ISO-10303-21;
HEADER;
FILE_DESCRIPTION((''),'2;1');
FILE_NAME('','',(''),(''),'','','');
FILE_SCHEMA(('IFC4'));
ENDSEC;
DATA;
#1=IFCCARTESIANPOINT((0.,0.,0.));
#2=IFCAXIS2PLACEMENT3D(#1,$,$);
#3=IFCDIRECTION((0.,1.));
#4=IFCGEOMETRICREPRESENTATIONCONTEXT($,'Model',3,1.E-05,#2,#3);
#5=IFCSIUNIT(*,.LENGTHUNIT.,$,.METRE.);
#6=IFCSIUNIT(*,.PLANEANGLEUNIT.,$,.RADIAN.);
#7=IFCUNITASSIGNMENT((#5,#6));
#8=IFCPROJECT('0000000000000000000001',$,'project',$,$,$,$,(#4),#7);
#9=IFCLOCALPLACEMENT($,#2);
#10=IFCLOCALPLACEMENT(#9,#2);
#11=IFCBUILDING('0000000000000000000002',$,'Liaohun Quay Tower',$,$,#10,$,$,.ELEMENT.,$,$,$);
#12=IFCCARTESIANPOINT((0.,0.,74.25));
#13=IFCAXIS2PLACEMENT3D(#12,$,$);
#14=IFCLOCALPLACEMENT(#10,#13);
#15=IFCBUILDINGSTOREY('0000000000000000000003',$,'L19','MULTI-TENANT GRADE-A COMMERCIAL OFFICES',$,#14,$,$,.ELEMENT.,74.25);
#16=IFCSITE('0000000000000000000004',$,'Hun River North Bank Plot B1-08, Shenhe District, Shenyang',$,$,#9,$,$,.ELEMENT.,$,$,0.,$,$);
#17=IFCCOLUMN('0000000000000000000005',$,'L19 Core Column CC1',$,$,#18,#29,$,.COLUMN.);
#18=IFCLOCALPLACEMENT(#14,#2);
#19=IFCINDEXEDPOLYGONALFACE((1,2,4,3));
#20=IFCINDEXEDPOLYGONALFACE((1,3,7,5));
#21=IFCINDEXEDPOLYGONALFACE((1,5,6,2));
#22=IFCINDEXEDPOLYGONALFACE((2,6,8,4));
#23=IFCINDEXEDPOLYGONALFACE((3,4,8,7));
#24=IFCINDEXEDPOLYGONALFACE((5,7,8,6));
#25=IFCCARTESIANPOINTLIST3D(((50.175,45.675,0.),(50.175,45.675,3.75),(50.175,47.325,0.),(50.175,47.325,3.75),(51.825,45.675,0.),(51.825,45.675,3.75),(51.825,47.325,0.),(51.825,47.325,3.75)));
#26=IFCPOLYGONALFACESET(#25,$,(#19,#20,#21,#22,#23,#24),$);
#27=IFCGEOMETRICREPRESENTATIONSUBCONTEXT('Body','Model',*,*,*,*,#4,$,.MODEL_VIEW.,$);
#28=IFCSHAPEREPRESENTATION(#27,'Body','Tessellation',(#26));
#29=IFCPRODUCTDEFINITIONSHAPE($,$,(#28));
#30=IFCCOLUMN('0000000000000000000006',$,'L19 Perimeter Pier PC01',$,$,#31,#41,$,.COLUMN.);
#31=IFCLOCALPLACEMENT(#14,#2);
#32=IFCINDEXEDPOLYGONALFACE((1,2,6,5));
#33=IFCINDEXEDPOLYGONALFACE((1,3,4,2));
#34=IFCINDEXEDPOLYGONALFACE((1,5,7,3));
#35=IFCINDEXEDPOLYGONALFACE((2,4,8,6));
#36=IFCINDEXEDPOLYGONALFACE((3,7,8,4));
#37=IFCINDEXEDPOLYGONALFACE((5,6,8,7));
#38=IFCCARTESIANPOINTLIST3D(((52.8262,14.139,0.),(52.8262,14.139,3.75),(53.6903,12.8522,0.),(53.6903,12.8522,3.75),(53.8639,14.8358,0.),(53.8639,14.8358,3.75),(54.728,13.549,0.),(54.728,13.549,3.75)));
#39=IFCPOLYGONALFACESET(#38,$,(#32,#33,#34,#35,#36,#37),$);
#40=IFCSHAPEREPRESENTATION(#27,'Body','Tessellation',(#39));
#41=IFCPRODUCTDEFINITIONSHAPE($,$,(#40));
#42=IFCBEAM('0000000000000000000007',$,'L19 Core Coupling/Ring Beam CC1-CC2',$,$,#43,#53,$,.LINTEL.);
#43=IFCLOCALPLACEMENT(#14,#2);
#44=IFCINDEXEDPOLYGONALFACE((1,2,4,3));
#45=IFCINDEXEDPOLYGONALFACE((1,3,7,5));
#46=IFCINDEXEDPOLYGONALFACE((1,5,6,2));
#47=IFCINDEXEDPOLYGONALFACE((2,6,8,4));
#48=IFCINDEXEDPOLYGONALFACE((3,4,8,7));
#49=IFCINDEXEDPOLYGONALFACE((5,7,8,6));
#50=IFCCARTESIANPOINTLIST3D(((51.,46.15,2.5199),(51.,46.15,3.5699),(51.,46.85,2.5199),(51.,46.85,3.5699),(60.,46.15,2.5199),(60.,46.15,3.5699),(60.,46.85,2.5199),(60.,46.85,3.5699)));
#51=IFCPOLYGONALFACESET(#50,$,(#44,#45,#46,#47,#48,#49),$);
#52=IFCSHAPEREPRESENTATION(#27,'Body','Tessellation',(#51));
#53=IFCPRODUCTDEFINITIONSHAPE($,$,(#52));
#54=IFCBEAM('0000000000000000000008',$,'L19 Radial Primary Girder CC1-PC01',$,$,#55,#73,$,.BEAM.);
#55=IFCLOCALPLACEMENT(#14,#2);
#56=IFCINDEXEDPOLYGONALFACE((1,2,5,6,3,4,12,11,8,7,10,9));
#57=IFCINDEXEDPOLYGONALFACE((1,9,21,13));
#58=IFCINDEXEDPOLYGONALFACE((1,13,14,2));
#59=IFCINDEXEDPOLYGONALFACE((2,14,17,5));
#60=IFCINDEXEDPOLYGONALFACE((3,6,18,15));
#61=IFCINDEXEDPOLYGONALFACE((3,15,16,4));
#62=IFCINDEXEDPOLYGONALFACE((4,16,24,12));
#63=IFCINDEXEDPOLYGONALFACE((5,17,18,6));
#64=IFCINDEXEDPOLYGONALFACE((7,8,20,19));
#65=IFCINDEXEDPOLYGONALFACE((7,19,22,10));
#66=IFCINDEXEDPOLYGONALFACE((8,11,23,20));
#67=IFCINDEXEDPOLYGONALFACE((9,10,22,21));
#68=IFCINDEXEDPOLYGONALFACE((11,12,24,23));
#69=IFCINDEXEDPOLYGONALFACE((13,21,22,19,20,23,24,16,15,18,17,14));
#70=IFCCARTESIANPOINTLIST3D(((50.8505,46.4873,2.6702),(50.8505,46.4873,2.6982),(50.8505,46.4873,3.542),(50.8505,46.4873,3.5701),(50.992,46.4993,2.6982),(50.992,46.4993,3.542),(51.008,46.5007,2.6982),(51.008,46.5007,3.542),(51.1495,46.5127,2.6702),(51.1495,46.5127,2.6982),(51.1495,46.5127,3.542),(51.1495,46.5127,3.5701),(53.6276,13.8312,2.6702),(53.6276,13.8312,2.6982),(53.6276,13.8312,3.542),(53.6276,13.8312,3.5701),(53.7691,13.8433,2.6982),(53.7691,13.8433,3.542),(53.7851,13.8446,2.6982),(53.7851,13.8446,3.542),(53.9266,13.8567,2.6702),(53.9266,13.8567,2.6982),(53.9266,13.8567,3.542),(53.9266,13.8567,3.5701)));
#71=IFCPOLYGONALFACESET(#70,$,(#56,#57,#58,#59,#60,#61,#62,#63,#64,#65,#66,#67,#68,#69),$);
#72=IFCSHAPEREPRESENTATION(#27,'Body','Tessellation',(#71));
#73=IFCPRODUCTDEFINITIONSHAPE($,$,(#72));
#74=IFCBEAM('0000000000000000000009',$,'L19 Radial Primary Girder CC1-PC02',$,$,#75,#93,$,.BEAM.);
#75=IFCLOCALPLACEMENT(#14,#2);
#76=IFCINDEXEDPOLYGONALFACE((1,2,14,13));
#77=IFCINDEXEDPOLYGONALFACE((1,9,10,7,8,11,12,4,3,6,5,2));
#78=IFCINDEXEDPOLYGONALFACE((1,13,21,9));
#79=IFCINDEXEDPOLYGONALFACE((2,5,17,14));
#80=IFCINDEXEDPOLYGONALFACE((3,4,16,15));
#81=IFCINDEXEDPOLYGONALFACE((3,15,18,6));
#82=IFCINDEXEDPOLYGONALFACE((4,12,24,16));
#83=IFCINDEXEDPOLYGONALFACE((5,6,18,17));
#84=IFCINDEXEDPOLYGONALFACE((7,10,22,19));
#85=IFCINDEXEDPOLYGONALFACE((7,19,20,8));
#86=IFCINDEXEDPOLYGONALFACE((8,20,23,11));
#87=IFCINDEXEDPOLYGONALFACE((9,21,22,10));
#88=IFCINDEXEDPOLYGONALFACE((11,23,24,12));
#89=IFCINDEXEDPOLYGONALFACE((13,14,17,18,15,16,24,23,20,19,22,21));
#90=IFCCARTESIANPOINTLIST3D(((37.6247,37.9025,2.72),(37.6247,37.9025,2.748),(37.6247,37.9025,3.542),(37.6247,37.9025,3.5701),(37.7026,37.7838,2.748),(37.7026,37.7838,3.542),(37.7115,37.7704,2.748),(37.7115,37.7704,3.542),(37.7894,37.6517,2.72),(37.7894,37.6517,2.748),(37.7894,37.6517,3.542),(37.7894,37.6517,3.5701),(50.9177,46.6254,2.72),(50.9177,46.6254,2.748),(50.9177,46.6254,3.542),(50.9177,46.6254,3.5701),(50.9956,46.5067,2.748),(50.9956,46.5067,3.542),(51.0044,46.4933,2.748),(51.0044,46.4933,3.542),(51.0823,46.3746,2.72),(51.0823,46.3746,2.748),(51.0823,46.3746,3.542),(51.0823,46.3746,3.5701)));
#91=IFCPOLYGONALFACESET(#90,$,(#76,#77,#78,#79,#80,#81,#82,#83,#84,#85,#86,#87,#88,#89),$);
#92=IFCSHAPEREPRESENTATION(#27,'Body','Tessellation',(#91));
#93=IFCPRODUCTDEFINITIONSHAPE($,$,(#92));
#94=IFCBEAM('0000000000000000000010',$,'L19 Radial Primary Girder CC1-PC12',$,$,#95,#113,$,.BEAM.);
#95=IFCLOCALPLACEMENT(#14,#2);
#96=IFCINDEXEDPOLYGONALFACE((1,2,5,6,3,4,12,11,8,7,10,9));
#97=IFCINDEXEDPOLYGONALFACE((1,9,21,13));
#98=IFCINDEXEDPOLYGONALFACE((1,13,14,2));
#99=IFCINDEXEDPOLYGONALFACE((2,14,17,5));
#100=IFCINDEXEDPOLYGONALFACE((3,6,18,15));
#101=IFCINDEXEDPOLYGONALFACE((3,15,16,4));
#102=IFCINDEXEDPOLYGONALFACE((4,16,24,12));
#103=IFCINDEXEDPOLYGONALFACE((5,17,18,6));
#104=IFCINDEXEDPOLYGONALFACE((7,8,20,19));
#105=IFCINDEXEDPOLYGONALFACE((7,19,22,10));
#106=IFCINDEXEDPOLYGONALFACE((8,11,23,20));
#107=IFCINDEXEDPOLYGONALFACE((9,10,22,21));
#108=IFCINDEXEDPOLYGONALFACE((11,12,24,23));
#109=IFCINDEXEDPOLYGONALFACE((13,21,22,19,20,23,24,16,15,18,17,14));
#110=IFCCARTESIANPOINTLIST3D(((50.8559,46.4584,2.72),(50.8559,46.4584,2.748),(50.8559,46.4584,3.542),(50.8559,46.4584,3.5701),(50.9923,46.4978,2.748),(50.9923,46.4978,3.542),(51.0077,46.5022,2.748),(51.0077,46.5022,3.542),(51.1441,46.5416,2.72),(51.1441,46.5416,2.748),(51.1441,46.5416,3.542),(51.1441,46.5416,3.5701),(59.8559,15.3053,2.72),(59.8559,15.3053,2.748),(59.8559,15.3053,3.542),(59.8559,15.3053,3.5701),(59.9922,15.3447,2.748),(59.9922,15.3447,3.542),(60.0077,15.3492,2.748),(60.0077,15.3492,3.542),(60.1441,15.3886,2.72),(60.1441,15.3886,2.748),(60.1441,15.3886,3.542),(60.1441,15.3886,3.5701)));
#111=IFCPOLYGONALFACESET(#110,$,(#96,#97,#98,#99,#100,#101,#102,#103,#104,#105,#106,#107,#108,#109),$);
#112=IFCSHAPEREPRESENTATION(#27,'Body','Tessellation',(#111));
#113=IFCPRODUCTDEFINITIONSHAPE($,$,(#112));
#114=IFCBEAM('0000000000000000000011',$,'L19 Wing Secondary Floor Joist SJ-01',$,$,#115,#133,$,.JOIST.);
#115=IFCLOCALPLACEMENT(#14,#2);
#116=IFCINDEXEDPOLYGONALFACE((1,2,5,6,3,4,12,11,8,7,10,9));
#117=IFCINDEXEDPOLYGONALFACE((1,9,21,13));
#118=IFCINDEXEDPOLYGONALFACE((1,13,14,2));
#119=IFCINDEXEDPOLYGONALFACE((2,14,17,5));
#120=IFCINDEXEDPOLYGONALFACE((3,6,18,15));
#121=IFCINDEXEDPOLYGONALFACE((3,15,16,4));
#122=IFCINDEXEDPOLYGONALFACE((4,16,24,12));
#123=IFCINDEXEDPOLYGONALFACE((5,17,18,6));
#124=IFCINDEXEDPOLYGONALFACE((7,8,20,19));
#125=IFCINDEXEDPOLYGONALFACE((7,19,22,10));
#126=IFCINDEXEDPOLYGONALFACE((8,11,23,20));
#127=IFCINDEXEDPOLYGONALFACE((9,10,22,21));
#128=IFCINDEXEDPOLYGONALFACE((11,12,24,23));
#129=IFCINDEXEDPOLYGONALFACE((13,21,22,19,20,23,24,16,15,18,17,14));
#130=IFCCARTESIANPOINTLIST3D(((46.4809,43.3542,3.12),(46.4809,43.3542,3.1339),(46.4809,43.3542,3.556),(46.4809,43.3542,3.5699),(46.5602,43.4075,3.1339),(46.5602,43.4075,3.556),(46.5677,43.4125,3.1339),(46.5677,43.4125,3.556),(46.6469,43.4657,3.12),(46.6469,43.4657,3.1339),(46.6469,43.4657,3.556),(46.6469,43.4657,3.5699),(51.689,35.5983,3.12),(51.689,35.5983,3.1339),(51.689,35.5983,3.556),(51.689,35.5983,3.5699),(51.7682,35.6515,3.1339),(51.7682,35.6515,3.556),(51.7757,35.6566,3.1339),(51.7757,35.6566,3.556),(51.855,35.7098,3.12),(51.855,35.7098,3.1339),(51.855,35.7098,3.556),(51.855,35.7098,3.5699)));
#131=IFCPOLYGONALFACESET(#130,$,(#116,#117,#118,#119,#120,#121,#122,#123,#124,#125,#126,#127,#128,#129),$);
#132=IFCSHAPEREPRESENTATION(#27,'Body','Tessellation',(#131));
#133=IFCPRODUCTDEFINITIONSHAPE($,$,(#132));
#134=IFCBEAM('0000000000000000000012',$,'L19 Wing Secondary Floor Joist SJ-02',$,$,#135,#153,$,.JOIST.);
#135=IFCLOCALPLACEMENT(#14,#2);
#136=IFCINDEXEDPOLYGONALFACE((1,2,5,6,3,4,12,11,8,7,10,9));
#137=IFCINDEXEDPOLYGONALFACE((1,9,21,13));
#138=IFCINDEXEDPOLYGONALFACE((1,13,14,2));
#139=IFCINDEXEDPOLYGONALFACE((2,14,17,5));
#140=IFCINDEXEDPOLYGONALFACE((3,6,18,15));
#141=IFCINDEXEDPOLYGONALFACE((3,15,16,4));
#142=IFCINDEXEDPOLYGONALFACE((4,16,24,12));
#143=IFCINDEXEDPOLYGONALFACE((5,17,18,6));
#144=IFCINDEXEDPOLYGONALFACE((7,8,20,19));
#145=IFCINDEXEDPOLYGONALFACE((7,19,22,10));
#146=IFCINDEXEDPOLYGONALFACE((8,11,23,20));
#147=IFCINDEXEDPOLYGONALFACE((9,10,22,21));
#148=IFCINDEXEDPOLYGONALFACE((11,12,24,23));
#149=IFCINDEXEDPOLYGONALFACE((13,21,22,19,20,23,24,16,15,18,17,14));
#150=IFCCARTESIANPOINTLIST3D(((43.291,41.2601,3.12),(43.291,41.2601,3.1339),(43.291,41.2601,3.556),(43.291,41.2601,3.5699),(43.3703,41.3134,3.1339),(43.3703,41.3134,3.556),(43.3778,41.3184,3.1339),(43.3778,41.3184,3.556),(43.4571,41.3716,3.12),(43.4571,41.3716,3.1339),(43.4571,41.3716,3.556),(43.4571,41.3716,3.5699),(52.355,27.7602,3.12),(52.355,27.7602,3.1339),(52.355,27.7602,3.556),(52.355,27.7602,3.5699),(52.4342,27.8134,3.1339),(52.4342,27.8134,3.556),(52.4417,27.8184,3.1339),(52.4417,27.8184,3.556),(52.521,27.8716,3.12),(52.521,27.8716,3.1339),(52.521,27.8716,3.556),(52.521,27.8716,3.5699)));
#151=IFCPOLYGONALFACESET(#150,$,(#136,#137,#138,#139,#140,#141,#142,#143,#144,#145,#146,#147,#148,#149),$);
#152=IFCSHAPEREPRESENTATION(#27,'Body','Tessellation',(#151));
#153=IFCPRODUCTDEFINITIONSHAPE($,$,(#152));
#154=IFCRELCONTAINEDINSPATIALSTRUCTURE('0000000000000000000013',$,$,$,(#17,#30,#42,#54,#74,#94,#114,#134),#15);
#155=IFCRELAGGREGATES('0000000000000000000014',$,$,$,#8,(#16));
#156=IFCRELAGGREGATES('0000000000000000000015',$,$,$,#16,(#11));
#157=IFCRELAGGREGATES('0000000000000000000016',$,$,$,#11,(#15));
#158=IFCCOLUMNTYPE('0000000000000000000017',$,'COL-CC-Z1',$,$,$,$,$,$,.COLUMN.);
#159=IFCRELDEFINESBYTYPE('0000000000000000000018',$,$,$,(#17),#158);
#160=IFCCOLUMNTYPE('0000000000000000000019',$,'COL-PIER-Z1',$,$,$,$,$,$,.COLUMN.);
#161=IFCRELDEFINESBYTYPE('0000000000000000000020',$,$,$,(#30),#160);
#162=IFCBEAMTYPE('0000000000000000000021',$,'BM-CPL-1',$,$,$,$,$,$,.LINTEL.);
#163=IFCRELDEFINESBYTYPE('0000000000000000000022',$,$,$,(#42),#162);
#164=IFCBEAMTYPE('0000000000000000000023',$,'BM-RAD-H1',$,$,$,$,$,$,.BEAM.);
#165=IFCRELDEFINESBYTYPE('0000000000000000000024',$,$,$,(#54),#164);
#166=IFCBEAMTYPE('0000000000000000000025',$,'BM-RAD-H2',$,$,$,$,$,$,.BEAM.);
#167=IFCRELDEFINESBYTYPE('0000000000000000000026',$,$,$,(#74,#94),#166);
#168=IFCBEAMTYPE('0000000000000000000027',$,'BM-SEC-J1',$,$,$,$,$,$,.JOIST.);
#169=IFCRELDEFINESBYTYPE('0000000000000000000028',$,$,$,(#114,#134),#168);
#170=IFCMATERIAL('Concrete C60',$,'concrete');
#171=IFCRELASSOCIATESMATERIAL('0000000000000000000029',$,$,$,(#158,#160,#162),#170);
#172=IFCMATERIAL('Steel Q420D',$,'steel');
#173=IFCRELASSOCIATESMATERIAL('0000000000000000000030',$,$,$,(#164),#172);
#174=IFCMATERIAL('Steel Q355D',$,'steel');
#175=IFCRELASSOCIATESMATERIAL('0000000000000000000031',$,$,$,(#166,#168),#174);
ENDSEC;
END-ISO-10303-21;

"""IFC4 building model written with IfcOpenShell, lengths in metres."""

from ifc_helpers import new_model, si_unit, direction, frame, origin, origin_2d, place, context, subcontext, project, spatial, rectangle, i_section, extrude, source, transform, mapped, material, material_profile, profile_set, type_object, element, save


model = new_model("IFC4")

# Units and contexts
model_context = context("Model", 3, precision=1e-05, world=origin(), true_north=direction((0.0, 1.0)))
body_context = subcontext(model_context, "Body", "Model", "MODEL_VIEW")
ifc_project = project(units=[si_unit("LENGTHUNIT", "METRE"), si_unit("PLANEANGLEUNIT", "RADIAN")], contexts=[model_context])

# Site, building, storey
site_placement = place(None, origin())
site = spatial("IfcSite", under=ifc_project, at=site_placement, Name="Hun River North Bank Plot B1-08, Shenhe District, Shenyang", CompositionType="ELEMENT", RefElevation=0.0)
building_placement = place(site_placement, origin())
building = spatial("IfcBuilding", under=site, at=building_placement, Name="Liaohun Quay Tower", CompositionType="ELEMENT")
storey_placement = place(building_placement, frame((0.0, 0.0, 74.25)))
storey = spatial("IfcBuildingStorey", under=building, at=storey_placement, Name="L19", Description="MULTI-TENANT GRADE-A COMMERCIAL OFFICES", CompositionType="ELEMENT", Elevation=74.25)

# Columns
ifc_material_1 = material(Name="Concrete C60", Category="concrete")
ifc_material_profile_1 = material_profile(ifc_material_1, rectangle(XDim=1.6499, YDim=1.6499, at=origin_2d()), Name="RC1650x1650")
ifc_profile_set_1 = profile_set([ifc_material_profile_1], Name="Concrete C60")
column_type_1 = type_object("IfcColumnType", Name="COL-CC-Z1", PredefinedType="COLUMN", material=ifc_profile_set_1)
shared_shape_1 = source(origin(), body_context, "Body", "SweptSolid", [
    extrude(rectangle(XDim=1.6499, YDim=1.6499, at=origin_2d()), origin(), (0.0, 0.0, 1.0), 3.75),
])
column_1_placement = place(storey_placement, frame((51.0, 46.5, 0.0), z_axis=(0.0, 0.0, 1.0), x_axis=(1.0, 0.0, 0.0)))
element("IfcColumn", 1, at=column_1_placement, inside=storey, type_object=column_type_1, Name="L19 Core Column CC1", PredefinedType="COLUMN", context=body_context, shape_type="MappedRepresentation", body=[
    mapped(shared_shape_1, transform((0.0, 0.0, 0.0), x_axis=(1.0, 0.0, 0.0), y_axis=(0.0, 1.0, 0.0), z_axis=(0.0, 0.0, 1.0), scale=1.0)),
])
ifc_material_profile_2 = material_profile(ifc_material_1, rectangle(XDim=1.55, YDim=1.25, at=origin_2d()), Name="RC1550x1250")
ifc_profile_set_2 = profile_set([ifc_material_profile_2], Name="Concrete C60")
column_type_2 = type_object("IfcColumnType", Name="COL-PIER-Z1", PredefinedType="COLUMN", material=ifc_profile_set_2)
shared_shape_2 = source(origin(), body_context, "Body", "SweptSolid", [
    extrude(rectangle(XDim=1.55, YDim=1.25, at=origin_2d()), origin(), (0.0, 0.0, 1.0), 3.75),
])
column_2_placement = place(storey_placement, frame((53.7771, 13.844, 0.0), z_axis=(0.0, 0.0, 1.0), x_axis=(-0.557455, 0.830207, 0.0)))
element("IfcColumn", 2, at=column_2_placement, inside=storey, type_object=column_type_2, Name="L19 Perimeter Pier PC01", PredefinedType="COLUMN", context=body_context, shape_type="MappedRepresentation", body=[
    mapped(shared_shape_2, transform((0.0, 0.0, 0.0), x_axis=(1.0, 0.0, 0.0), y_axis=(0.0, 1.0, 0.0), z_axis=(0.0, 0.0, 1.0), scale=1.0)),
])

# Beams
ifc_material_profile_3 = material_profile(ifc_material_1, rectangle(XDim=0.7, YDim=1.05, at=origin_2d()), Name="RC700x1050")
ifc_profile_set_3 = profile_set([ifc_material_profile_3], Name="Concrete C60")
beam_type_1 = type_object("IfcBeamType", Name="BM-CPL-1", PredefinedType="LINTEL", material=ifc_profile_set_3)
shared_shape_3 = source(origin(), body_context, "Body", "SweptSolid", [
    extrude(rectangle(XDim=0.7, YDim=1.05, at=origin_2d()), origin(), (0.0, 0.0, 1.0), 9.0),
])
beam_1_placement = place(storey_placement, frame((51.0, 46.5, 3.0449), z_axis=(1.0, 0.0, 0.0), x_axis=(0.0, 1.0, 0.0)))
element("IfcBeam", 3, at=beam_1_placement, inside=storey, type_object=beam_type_1, Name="L19 Core Coupling/Ring Beam CC1-CC2", PredefinedType="LINTEL", context=body_context, shape_type="MappedRepresentation", body=[
    mapped(shared_shape_3, transform((0.0, 0.0, 0.0), x_axis=(1.0, 0.0, 0.0), y_axis=(0.0, 1.0, 0.0), z_axis=(0.0, 0.0, 1.0), scale=1.0)),
])
ifc_material_2 = material(Name="Steel Q420D", Category="steel")
ifc_material_profile_4 = material_profile(ifc_material_2, i_section(OverallWidth=0.3, OverallDepth=0.8999, WebThickness=0.0161, FlangeThickness=0.0281, at=origin_2d()), Name="HN900x300x16x28")
ifc_profile_set_4 = profile_set([ifc_material_profile_4], Name="Steel Q420D")
beam_type_2 = type_object("IfcBeamType", Name="BM-RAD-H1", PredefinedType="BEAM", material=ifc_profile_set_4)
shared_shape_4 = source(origin(), body_context, "Body", "SweptSolid", [
    extrude(i_section(OverallWidth=0.3, OverallDepth=0.8999, WebThickness=0.0161, FlangeThickness=0.0281, at=origin_2d()), origin(), (0.0, 0.0, 1.0), 32.7739),
])
beam_2_placement = place(storey_placement, frame((51.0, 46.5, 3.1201), z_axis=(0.084735, -0.996404, 0.0), x_axis=(0.996404, 0.084735, 0.0)))
element("IfcBeam", 4, at=beam_2_placement, inside=storey, type_object=beam_type_2, Name="L19 Radial Primary Girder CC1-PC01", PredefinedType="BEAM", context=body_context, shape_type="MappedRepresentation", body=[
    mapped(shared_shape_4, transform((0.0, 0.0, 0.0), x_axis=(1.0, 0.0, 0.0), y_axis=(0.0, 1.0, 0.0), z_axis=(0.0, 0.0, 1.0), scale=1.0)),
])
ifc_material_3 = material(Name="Steel Q355D", Category="steel")
ifc_material_profile_5 = material_profile(ifc_material_3, i_section(OverallWidth=0.3, OverallDepth=0.8501, WebThickness=0.0161, FlangeThickness=0.0281, at=origin_2d()), Name="HN850x300x16x28")
ifc_profile_set_5 = profile_set([ifc_material_profile_5], Name="Steel Q355D")
beam_type_3 = type_object("IfcBeamType", Name="BM-RAD-H2", PredefinedType="BEAM", material=ifc_profile_set_5)
shared_shape_5 = source(origin(), body_context, "Body", "SweptSolid", [
    extrude(i_section(OverallWidth=0.3, OverallDepth=0.8501, WebThickness=0.0161, FlangeThickness=0.0281, at=origin_2d()), origin(), (0.0, 0.0, 1.0), 15.8994),
])
beam_3_placement = place(storey_placement, frame((51.0, 46.5, 3.145), z_axis=(-0.836066, -0.54863, 0.0), x_axis=(0.54863, -0.836066, 0.0)))
element("IfcBeam", 5, at=beam_3_placement, inside=storey, type_object=beam_type_3, Name="L19 Radial Primary Girder CC1-PC02", PredefinedType="BEAM", context=body_context, shape_type="MappedRepresentation", body=[
    mapped(shared_shape_5, transform((0.0, 0.0, 0.0), x_axis=(1.0, 0.0, 0.0), y_axis=(0.0, 1.0, 0.0), z_axis=(0.0, 0.0, 1.0), scale=1.0)),
])
shared_shape_6 = source(origin(), body_context, "Body", "SweptSolid", [
    extrude(i_section(OverallWidth=0.3, OverallDepth=0.8501, WebThickness=0.0161, FlangeThickness=0.0281, at=origin_2d()), origin(), (0.0, 0.0, 1.0), 32.427),
])
beam_4_placement = place(storey_placement, frame((51.0, 46.5, 3.145), z_axis=(0.277546, -0.960712, 0.0), x_axis=(0.960712, 0.277546, 0.0)))
element("IfcBeam", 6, at=beam_4_placement, inside=storey, type_object=beam_type_3, Name="L19 Radial Primary Girder CC1-PC12", PredefinedType="BEAM", context=body_context, shape_type="MappedRepresentation", body=[
    mapped(shared_shape_6, transform((0.0, 0.0, 0.0), x_axis=(1.0, 0.0, 0.0), y_axis=(0.0, 1.0, 0.0), z_axis=(0.0, 0.0, 1.0), scale=1.0)),
])
ifc_material_profile_6 = material_profile(ifc_material_3, i_section(OverallWidth=0.2, OverallDepth=0.45, WebThickness=0.009, FlangeThickness=0.0139, at=origin_2d()), Name="HN450x200x9x14")
ifc_profile_set_6 = profile_set([ifc_material_profile_6], Name="Steel Q355D")
beam_type_4 = type_object("IfcBeamType", Name="BM-SEC-J1", PredefinedType="JOIST", material=ifc_profile_set_6)
shared_shape_7 = source(origin(), body_context, "Body", "SweptSolid", [
    extrude(i_section(OverallWidth=0.2, OverallDepth=0.45, WebThickness=0.009, FlangeThickness=0.0139, at=origin_2d()), origin(), (0.0, 0.0, 1.0), 9.3423),
])
beam_5_placement = place(storey_placement, frame((51.772, 35.6541, 3.345), z_axis=(-0.557471, 0.830196, 0.0), x_axis=(-0.830196, -0.557471, 0.0)))
element("IfcBeam", 7, at=beam_5_placement, inside=storey, type_object=beam_type_4, Name="L19 Wing Secondary Floor Joist SJ-01", PredefinedType="JOIST", context=body_context, shape_type="MappedRepresentation", body=[
    mapped(shared_shape_7, transform((0.0, 0.0, 0.0), x_axis=(1.0, 0.0, 0.0), y_axis=(0.0, 1.0, 0.0), z_axis=(0.0, 0.0, 1.0), scale=1.0)),
])
shared_shape_8 = source(origin(), body_context, "Body", "SweptSolid", [
    extrude(i_section(OverallWidth=0.2, OverallDepth=0.45, WebThickness=0.009, FlangeThickness=0.0139, at=origin_2d()), origin(), (0.0, 0.0, 1.0), 16.2605),
])
beam_6_placement = place(storey_placement, frame((52.438, 27.8159, 3.345), z_axis=(-0.557421, 0.83023, 0.0), x_axis=(-0.83023, -0.557421, 0.0)))
element("IfcBeam", 8, at=beam_6_placement, inside=storey, type_object=beam_type_4, Name="L19 Wing Secondary Floor Joist SJ-02", PredefinedType="JOIST", context=body_context, shape_type="MappedRepresentation", body=[
    mapped(shared_shape_8, transform((0.0, 0.0, 0.0), x_axis=(1.0, 0.0, 0.0), y_axis=(0.0, 1.0, 0.0), z_axis=(0.0, 0.0, 1.0), scale=1.0)),
])

save(model, "model.ifc")
